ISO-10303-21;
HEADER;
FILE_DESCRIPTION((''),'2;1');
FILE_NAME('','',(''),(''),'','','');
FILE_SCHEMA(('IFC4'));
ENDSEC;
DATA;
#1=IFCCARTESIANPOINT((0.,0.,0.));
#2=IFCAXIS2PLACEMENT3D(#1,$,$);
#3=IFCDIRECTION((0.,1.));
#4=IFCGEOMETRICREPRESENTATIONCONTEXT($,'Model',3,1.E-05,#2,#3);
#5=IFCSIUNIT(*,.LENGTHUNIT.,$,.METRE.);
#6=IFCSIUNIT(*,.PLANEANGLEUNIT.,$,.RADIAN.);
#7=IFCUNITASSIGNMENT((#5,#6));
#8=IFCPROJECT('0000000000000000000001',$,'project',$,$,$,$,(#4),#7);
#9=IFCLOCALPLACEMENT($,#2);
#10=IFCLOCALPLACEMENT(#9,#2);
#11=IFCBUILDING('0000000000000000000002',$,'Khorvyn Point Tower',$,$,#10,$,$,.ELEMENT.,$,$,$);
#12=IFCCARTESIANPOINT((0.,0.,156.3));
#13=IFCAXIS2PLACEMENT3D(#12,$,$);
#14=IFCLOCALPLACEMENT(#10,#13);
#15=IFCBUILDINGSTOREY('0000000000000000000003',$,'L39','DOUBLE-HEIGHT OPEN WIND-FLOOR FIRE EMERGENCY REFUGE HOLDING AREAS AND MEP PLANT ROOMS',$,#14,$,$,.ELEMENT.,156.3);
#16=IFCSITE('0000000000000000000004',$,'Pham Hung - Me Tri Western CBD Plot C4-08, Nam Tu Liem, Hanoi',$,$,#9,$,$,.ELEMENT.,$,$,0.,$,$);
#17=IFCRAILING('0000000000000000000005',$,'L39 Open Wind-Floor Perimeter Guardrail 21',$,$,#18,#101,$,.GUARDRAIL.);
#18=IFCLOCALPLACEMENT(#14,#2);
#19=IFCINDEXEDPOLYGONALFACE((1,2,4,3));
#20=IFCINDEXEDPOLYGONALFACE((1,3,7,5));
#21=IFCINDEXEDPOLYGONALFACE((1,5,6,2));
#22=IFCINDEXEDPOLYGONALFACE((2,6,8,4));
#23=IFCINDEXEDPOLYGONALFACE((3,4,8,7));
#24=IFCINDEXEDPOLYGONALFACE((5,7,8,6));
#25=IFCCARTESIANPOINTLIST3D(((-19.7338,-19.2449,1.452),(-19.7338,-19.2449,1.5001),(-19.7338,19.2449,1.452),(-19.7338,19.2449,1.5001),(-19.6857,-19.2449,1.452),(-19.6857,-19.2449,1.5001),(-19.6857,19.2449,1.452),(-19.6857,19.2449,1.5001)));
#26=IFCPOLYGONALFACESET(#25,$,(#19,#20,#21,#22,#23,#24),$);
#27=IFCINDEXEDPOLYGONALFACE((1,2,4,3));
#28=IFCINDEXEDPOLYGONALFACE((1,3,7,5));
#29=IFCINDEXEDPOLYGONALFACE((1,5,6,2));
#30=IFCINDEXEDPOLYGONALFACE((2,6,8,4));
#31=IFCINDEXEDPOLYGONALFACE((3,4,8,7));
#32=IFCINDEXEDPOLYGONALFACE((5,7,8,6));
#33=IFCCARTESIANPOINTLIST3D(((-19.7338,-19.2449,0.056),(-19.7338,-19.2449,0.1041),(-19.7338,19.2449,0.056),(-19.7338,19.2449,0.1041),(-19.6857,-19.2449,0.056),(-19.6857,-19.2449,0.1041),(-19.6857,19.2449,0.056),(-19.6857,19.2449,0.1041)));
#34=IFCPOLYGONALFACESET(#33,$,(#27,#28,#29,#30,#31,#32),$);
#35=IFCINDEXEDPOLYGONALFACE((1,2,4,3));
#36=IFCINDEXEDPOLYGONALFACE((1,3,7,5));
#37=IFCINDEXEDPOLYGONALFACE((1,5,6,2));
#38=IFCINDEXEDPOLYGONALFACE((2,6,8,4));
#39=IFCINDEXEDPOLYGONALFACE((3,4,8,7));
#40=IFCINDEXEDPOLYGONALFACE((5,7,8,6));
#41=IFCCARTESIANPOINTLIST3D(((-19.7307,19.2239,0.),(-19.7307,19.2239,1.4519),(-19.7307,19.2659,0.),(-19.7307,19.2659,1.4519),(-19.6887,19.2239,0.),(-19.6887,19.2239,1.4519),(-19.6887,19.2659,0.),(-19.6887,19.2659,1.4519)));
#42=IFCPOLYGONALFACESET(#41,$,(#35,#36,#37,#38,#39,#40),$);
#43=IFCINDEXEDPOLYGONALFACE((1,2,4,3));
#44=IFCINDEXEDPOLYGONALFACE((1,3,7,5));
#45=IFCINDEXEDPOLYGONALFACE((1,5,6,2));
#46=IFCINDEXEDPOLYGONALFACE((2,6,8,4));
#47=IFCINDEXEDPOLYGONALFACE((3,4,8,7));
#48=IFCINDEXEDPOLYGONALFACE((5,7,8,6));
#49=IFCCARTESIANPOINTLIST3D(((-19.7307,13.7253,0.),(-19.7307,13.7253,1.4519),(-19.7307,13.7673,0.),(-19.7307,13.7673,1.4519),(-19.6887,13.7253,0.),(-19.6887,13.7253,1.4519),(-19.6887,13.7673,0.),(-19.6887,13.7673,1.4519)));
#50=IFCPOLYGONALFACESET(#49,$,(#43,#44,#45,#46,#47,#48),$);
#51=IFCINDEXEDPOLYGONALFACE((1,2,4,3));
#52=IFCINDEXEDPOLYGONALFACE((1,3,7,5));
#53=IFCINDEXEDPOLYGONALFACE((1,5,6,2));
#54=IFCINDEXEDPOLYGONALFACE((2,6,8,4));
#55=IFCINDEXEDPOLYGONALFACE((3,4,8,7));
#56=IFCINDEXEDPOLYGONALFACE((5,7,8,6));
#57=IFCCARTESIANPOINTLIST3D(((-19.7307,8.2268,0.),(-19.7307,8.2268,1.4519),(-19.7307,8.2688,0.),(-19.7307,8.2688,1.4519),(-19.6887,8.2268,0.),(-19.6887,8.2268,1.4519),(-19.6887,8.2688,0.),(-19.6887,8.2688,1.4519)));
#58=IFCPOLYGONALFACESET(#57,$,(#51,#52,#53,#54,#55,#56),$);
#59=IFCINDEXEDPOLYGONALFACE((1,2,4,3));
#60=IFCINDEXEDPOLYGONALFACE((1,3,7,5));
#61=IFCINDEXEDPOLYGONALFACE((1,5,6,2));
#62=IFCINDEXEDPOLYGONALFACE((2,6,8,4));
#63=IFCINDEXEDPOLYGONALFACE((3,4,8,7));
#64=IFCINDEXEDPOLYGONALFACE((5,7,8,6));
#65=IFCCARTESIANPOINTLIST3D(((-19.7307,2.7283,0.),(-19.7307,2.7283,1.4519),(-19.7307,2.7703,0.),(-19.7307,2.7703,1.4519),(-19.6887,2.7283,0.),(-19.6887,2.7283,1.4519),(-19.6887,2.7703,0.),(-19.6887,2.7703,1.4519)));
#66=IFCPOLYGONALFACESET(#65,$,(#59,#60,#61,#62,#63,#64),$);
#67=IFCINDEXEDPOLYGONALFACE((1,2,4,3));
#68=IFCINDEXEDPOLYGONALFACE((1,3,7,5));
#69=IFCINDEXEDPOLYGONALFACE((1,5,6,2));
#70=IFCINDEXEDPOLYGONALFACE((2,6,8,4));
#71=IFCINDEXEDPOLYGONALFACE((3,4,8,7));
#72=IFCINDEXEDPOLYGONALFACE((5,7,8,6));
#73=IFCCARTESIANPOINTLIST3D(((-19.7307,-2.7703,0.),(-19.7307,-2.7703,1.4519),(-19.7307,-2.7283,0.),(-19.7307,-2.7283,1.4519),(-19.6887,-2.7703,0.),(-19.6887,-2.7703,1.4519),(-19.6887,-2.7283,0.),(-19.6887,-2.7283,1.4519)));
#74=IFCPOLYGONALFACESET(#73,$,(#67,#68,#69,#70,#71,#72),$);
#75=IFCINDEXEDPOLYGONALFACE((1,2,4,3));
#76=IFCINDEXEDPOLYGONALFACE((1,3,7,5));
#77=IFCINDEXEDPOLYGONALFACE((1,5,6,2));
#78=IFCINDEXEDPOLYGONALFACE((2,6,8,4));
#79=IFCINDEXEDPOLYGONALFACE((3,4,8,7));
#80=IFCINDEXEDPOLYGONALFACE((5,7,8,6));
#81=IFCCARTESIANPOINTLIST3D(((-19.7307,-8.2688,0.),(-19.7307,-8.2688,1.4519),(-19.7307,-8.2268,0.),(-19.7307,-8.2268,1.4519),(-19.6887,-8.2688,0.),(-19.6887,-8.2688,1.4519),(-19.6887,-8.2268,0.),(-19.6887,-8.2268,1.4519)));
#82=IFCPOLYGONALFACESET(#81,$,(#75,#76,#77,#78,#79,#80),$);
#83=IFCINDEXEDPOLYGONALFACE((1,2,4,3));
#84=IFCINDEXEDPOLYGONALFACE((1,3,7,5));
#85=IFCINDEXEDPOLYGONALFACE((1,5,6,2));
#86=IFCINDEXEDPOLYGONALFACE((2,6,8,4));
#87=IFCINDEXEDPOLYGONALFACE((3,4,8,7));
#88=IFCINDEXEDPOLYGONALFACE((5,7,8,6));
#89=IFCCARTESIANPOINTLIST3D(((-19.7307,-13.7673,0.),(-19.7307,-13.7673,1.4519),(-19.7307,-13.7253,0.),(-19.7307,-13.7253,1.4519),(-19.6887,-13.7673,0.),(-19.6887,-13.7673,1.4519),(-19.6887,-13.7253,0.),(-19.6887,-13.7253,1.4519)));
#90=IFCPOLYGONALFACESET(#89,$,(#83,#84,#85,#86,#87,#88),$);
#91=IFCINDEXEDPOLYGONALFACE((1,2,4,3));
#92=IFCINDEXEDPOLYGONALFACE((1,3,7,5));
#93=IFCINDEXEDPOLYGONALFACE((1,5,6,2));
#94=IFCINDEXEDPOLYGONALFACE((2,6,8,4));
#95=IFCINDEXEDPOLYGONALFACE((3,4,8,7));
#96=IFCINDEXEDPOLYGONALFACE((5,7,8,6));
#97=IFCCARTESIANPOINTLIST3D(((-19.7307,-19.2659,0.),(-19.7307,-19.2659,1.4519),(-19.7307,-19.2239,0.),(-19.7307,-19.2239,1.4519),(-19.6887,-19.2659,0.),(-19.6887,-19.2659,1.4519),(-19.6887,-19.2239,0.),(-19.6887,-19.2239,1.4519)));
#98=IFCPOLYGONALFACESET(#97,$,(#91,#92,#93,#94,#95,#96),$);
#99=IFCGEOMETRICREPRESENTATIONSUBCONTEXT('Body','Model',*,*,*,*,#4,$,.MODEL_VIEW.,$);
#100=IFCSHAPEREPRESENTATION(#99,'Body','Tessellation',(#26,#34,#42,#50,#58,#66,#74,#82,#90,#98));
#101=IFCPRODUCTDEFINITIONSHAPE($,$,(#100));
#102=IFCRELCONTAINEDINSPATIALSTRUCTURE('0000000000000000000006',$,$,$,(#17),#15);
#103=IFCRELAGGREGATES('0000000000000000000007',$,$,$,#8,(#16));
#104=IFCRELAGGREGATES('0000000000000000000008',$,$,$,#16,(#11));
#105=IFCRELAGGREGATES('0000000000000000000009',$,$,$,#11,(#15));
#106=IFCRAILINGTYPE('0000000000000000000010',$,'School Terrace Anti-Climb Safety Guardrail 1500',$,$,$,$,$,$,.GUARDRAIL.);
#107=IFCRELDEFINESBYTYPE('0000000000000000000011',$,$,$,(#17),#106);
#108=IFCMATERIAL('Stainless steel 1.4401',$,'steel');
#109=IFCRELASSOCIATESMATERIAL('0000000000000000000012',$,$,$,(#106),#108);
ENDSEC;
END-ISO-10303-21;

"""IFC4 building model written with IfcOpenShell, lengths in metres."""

from ifc_helpers import new_model, si_unit, direction, frame, origin, origin_2d, place, context, subcontext, project, spatial, rectangle, extrude, material, type_object, element, save


model = new_model("IFC4")

# Units and contexts
model_context = context("Model", 3, precision=1e-05, world=origin(), true_north=direction((0.0, 1.0)))
body_context = subcontext(model_context, "Body", "Model", "MODEL_VIEW")
ifc_project = project(units=[si_unit("LENGTHUNIT", "METRE"), si_unit("PLANEANGLEUNIT", "RADIAN")], contexts=[model_context])

# Site, building, storey
site_placement = place(None, origin())
site = spatial("IfcSite", under=ifc_project, at=site_placement, Name="Pham Hung - Me Tri Western CBD Plot C4-08, Nam Tu Liem, Hanoi", CompositionType="ELEMENT", RefElevation=0.0)
building_placement = place(site_placement, origin())
building = spatial("IfcBuilding", under=site, at=building_placement, Name="Khorvyn Point Tower", CompositionType="ELEMENT")
storey_placement = place(building_placement, frame((0.0, 0.0, 156.3)))
storey = spatial("IfcBuildingStorey", under=building, at=storey_placement, Name="L39", Description="DOUBLE-HEIGHT OPEN WIND-FLOOR FIRE EMERGENCY REFUGE HOLDING AREAS AND MEP PLANT ROOMS", CompositionType="ELEMENT", Elevation=156.3)

# Railing
ifc_material_1 = material(Name="Stainless steel 1.4401", Category="steel")
railing_type = type_object("IfcRailingType", Name="School Terrace Anti-Climb Safety Guardrail 1500", PredefinedType="GUARDRAIL", material=ifc_material_1)
railing_1_placement = place(storey_placement, frame((-19.7097, 19.2449, 0.0)))
element("IfcRailing", 1, at=railing_1_placement, inside=storey, type_object=railing_type, Name="L39 Open Wind-Floor Perimeter Guardrail 21", PredefinedType="GUARDRAIL", context=body_context, shape_type="SweptSolid", body=[
    extrude(rectangle(XDim=0.0481, YDim=0.0481, at=origin_2d()), frame((0.0, 0.0, 1.4761), z_axis=(0.0, -1.0, 0.0), x_axis=(1.0, 0.0, 0.0)), (0.0, 0.0, 1.0), 38.4897),
    extrude(rectangle(XDim=0.0481, YDim=0.0481, at=origin_2d()), frame((0.0, 0.0, 0.0801), z_axis=(0.0, -1.0, 0.0), x_axis=(1.0, 0.0, 0.0)), (0.0, 0.0, 1.0), 38.4897),
    extrude(rectangle(XDim=0.042, YDim=0.042, at=origin_2d()), origin(), (0.0, 0.0, 1.0), 1.4519),
    extrude(rectangle(XDim=0.042, YDim=0.042, at=origin_2d()), frame((0.0, -5.4985, 0.0)), (0.0, 0.0, 1.0), 1.4519),
    extrude(rectangle(XDim=0.042, YDim=0.042, at=origin_2d()), frame((0.0, -10.9971, 0.0)), (0.0, 0.0, 1.0), 1.4519),
    extrude(rectangle(XDim=0.042, YDim=0.042, at=origin_2d()), frame((0.0, -16.4956, 0.0)), (0.0, 0.0, 1.0), 1.4519),
    extrude(rectangle(XDim=0.042, YDim=0.042, at=origin_2d()), frame((0.0, -21.9941, 0.0)), (0.0, 0.0, 1.0), 1.4519),
    extrude(rectangle(XDim=0.042, YDim=0.042, at=origin_2d()), frame((0.0, -27.4927, 0.0)), (0.0, 0.0, 1.0), 1.4519),
    extrude(rectangle(XDim=0.042, YDim=0.042, at=origin_2d()), frame((0.0, -32.9912, 0.0)), (0.0, 0.0, 1.0), 1.4519),
    extrude(rectangle(XDim=0.042, YDim=0.042, at=origin_2d()), frame((0.0, -38.4897, 0.0)), (0.0, 0.0, 1.0), 1.4519),
])

save(model, "model.ifc")
